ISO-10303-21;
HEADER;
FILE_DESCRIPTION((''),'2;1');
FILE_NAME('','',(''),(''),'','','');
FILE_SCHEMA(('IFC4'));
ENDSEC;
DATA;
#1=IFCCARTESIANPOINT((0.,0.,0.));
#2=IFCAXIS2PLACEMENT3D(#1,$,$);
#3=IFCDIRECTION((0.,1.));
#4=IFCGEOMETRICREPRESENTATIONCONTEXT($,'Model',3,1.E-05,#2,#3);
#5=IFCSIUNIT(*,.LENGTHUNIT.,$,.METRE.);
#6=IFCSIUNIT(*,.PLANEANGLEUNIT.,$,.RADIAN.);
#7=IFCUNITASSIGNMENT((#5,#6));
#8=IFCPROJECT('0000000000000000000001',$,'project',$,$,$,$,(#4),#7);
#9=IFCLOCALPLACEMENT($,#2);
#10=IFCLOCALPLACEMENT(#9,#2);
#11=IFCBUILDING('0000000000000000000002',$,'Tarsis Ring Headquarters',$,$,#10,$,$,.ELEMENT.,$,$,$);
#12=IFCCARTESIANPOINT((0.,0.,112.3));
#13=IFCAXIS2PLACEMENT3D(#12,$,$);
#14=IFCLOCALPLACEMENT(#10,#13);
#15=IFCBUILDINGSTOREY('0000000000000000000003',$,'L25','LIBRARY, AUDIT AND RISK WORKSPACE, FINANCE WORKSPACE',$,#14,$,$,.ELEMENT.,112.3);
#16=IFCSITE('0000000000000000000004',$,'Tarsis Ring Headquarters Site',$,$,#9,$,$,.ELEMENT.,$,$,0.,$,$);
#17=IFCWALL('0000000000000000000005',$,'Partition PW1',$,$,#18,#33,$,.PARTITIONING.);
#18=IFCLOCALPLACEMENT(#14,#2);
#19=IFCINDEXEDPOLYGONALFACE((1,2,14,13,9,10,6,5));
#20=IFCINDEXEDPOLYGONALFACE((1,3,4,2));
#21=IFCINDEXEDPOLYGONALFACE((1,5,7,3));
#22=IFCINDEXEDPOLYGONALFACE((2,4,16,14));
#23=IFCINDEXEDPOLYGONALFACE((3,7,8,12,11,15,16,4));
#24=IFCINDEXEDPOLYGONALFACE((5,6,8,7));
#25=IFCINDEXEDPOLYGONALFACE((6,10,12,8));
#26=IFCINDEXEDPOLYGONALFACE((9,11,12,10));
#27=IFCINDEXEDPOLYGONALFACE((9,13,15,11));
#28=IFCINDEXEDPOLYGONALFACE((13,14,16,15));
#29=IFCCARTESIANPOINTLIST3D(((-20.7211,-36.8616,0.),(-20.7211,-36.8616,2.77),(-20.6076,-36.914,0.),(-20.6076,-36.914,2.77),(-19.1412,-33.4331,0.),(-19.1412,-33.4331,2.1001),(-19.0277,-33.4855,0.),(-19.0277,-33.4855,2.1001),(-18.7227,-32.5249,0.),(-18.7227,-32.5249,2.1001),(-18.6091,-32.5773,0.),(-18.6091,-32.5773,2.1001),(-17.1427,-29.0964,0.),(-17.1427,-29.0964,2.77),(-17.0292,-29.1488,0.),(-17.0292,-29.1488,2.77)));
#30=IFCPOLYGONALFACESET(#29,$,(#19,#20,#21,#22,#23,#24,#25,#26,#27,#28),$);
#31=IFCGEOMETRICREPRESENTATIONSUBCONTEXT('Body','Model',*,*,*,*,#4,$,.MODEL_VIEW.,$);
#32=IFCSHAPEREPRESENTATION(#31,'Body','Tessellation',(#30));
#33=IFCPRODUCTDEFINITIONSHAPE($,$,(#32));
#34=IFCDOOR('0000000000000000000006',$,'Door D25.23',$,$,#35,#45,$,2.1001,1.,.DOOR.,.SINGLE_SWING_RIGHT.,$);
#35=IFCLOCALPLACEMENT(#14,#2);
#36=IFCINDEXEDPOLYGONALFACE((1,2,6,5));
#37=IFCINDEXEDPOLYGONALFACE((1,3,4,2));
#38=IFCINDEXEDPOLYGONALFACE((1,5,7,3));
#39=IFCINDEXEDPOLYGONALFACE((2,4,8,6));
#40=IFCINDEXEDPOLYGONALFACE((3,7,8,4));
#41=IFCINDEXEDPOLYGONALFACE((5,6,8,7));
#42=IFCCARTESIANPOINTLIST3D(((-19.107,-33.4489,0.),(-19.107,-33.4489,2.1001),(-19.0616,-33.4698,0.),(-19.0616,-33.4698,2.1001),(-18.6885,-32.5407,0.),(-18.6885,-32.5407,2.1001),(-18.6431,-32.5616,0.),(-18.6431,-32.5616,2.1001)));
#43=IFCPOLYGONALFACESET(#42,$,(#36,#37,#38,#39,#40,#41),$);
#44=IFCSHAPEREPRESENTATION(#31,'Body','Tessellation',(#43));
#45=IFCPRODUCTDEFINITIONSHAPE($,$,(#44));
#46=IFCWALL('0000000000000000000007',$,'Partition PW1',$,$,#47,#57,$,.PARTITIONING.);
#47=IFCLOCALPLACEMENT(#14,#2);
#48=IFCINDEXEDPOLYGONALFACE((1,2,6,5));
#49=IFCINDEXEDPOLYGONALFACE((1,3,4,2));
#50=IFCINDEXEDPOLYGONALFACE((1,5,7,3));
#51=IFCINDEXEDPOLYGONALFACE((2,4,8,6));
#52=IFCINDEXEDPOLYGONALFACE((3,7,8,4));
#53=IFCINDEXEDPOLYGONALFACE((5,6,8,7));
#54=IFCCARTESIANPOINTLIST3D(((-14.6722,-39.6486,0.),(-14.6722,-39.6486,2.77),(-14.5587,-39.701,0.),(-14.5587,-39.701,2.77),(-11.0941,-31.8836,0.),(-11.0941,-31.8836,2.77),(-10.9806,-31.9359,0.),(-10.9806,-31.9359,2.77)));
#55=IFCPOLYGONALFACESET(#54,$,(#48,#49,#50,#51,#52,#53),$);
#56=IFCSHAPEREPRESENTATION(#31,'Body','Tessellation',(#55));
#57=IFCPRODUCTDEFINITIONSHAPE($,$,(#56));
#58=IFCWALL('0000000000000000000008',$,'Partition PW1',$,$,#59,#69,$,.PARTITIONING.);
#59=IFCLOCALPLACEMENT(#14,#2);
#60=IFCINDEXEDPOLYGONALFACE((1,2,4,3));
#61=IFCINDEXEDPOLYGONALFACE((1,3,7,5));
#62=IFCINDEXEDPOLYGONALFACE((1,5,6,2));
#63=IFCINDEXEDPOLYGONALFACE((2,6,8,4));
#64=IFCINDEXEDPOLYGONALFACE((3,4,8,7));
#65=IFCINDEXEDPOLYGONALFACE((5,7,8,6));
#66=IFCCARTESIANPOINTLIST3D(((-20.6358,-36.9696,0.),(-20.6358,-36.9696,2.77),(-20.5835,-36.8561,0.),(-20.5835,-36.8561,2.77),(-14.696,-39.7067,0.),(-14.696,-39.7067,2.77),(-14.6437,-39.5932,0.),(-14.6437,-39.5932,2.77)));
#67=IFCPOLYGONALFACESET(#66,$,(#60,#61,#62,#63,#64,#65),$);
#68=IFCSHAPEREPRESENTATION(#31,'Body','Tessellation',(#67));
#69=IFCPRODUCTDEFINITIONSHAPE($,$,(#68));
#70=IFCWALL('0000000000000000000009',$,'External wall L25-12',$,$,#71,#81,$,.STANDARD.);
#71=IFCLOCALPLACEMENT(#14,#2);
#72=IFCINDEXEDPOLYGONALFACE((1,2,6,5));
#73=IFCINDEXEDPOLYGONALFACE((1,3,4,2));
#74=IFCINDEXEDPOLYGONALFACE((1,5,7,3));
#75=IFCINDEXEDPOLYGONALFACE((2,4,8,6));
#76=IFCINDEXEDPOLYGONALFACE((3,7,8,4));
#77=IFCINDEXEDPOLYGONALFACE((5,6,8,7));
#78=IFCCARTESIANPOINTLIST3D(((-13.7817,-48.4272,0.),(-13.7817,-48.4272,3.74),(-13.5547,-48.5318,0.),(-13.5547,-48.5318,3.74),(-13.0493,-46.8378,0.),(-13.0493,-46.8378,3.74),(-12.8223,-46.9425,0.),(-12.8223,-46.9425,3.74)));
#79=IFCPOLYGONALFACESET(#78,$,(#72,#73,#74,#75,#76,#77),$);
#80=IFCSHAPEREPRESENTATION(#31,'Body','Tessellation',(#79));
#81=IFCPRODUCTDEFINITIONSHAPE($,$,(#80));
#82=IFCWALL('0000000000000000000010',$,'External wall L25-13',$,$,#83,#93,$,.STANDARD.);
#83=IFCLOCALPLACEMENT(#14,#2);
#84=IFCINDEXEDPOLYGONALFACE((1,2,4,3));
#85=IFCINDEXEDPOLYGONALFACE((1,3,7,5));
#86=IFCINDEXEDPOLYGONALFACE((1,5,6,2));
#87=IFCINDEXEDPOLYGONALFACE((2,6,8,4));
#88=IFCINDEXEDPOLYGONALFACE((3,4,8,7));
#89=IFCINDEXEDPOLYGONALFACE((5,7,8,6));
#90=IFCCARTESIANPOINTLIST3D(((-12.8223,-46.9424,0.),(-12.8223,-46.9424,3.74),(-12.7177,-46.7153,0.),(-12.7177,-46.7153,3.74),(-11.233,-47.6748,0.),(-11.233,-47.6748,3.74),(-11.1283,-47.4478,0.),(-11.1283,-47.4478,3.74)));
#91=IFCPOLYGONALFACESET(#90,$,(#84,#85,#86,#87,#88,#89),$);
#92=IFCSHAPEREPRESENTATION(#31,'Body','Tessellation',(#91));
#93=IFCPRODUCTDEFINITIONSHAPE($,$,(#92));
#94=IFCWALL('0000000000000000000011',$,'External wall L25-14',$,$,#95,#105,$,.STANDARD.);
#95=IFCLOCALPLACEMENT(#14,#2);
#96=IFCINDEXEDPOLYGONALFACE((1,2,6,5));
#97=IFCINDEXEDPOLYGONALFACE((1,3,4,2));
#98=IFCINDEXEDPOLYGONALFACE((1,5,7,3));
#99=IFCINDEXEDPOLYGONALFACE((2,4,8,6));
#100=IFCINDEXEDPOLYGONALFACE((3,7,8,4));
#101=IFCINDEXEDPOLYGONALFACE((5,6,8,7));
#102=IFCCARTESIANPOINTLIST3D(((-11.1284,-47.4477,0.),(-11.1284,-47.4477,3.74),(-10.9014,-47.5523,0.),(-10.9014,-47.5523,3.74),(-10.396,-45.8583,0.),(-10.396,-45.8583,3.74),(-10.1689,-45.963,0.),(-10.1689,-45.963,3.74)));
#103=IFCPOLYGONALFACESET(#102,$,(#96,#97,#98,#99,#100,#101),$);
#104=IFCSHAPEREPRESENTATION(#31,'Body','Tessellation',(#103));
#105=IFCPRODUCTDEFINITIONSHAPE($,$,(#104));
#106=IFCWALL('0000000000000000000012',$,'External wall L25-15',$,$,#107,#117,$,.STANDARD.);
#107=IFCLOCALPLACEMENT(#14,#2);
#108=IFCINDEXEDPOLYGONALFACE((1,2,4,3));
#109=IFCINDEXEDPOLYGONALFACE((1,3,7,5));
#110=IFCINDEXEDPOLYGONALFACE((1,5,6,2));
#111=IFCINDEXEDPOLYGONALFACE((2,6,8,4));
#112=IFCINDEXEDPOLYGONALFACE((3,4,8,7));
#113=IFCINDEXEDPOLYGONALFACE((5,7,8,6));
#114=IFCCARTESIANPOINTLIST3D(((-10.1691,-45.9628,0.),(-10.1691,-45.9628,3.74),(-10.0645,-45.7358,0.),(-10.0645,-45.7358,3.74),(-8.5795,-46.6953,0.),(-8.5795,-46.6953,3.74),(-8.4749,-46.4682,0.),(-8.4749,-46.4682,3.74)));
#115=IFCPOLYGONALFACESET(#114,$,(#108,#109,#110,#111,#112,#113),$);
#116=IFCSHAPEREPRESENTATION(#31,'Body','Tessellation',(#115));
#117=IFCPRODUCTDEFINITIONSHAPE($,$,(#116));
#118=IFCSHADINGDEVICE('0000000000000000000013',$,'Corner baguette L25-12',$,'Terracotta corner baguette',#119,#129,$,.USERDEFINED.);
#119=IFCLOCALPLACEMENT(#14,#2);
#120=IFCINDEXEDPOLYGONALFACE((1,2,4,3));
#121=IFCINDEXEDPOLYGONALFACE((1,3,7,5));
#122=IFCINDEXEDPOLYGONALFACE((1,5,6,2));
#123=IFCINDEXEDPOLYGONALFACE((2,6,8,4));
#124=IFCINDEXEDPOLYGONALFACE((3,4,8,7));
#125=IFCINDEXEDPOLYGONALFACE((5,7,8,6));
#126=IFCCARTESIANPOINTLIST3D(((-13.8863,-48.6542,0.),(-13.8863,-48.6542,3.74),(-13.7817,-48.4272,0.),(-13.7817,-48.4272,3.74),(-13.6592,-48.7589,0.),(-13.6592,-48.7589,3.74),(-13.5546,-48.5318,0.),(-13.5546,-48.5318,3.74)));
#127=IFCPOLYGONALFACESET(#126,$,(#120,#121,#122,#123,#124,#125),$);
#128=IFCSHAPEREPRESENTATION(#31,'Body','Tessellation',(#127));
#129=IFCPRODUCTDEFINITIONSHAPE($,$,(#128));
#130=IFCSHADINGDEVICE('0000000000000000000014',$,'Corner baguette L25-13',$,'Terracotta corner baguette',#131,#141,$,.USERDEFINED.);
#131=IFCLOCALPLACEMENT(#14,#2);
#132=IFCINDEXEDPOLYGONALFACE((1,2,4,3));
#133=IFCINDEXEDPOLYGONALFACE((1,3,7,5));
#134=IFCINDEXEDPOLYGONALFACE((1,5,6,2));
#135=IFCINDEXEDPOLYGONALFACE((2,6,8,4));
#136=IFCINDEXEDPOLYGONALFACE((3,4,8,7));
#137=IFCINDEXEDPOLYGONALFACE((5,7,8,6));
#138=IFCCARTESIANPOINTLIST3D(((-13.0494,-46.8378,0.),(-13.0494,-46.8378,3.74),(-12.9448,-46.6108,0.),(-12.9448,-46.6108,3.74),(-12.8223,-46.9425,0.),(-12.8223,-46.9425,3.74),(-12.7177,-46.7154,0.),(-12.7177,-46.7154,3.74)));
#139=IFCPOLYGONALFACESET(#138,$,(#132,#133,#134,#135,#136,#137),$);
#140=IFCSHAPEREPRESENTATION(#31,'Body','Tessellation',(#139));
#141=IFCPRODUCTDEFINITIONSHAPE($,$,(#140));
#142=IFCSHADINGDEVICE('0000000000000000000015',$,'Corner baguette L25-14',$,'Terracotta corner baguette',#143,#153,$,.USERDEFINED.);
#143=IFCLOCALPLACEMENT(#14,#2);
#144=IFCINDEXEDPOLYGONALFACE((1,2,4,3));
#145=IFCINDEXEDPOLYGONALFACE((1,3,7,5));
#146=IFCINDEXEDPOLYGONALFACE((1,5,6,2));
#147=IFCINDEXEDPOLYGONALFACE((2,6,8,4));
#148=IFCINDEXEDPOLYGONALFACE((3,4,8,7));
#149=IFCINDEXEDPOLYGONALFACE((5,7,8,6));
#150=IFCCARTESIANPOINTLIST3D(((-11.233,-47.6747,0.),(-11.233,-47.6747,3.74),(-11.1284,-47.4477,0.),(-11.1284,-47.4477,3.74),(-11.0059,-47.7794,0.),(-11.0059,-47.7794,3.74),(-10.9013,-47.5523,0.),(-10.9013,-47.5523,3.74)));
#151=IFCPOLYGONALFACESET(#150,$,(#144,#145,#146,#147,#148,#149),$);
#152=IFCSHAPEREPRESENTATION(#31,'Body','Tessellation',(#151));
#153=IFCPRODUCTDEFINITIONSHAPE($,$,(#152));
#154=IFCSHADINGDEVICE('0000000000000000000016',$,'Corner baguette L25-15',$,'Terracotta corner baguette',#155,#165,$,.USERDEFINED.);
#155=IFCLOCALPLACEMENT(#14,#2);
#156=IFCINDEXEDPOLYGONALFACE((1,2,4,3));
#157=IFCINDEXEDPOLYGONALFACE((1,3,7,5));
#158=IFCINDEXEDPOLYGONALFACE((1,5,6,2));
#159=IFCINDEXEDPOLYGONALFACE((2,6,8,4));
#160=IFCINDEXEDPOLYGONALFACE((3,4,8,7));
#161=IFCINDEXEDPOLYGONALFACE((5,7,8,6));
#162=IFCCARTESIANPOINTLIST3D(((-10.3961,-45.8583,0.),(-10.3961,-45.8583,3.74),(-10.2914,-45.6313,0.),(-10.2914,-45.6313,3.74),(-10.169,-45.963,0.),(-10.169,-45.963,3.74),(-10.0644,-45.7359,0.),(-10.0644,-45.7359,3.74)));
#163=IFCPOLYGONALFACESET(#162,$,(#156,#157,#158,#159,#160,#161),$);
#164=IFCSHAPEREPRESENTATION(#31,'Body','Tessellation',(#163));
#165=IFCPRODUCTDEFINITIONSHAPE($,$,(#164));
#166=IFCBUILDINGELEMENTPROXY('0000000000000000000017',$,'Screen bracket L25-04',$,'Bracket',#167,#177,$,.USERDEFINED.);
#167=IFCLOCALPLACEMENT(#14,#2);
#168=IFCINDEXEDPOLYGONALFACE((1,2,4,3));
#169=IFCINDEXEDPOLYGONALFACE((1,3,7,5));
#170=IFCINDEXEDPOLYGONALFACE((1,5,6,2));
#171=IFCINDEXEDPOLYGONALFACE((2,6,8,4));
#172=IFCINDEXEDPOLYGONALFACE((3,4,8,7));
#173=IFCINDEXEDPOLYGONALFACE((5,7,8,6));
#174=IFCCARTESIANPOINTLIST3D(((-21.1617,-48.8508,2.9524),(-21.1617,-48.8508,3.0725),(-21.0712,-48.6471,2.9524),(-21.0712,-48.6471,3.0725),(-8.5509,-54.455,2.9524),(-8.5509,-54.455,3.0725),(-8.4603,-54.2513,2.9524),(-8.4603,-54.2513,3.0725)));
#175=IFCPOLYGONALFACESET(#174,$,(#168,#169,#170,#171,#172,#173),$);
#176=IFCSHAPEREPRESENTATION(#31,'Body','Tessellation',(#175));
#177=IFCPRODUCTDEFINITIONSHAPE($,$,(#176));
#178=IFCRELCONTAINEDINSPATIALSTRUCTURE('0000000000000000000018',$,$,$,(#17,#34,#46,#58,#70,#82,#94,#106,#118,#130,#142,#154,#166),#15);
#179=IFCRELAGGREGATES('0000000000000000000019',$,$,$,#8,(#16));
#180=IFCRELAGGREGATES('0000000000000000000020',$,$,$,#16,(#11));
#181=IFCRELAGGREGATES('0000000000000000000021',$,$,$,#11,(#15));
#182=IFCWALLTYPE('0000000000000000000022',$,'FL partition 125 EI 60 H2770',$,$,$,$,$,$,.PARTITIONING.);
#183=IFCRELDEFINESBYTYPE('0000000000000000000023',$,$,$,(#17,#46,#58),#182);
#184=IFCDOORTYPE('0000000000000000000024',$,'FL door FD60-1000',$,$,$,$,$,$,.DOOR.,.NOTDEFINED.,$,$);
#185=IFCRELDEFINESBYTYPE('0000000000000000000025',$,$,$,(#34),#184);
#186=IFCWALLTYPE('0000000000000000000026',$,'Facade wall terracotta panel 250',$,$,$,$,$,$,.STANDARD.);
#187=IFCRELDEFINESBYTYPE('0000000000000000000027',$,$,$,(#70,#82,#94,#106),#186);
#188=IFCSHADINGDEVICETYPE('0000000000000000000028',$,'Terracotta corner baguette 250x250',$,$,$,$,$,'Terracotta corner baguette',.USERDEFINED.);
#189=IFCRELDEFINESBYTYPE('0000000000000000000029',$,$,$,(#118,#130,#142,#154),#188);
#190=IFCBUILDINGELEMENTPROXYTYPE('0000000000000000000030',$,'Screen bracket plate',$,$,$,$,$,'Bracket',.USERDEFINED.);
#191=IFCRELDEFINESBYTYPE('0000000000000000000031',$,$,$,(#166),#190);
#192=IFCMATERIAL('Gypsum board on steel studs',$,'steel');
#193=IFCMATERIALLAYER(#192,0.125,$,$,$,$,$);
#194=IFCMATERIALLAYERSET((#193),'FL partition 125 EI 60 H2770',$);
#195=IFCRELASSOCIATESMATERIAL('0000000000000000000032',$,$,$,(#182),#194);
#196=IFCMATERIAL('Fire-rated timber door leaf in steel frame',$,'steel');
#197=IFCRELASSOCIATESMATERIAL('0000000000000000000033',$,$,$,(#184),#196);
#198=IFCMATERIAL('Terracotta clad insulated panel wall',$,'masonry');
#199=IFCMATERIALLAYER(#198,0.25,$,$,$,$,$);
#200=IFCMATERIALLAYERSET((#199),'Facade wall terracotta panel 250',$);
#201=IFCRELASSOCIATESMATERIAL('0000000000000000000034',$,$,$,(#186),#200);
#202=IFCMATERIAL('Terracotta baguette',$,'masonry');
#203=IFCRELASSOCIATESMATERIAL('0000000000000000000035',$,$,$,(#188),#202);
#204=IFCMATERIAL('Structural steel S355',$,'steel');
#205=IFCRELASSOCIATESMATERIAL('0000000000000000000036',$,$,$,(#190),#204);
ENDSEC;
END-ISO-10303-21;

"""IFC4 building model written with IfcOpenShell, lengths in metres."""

from ifc_helpers import new_model, si_unit, direction, frame, frame_2d, origin, origin_2d, place, context, subcontext, project, spatial, rectangle, extrude, material, layer, layer_set, type_object, element, fill, save


model = new_model("IFC4")

# Units and contexts
model_context = context("Model", 3, precision=1e-05, world=origin(), true_north=direction((0.0, 1.0)))
body_context = subcontext(model_context, "Body", "Model", "MODEL_VIEW")
ifc_project = project(units=[si_unit("LENGTHUNIT", "METRE"), si_unit("PLANEANGLEUNIT", "RADIAN")], contexts=[model_context])

# Site, building, storey
site_placement = place(None, origin())
site = spatial("IfcSite", under=ifc_project, at=site_placement, Name="Tarsis Ring Headquarters Site", CompositionType="ELEMENT", RefElevation=0.0)
building_placement = place(site_placement, origin())
building = spatial("IfcBuilding", under=site, at=building_placement, Name="Tarsis Ring Headquarters", CompositionType="ELEMENT")
storey_placement = place(building_placement, frame((0.0, 0.0, 112.3)))
storey = spatial("IfcBuildingStorey", under=building, at=storey_placement, Name="L25", Description="LIBRARY, AUDIT AND RISK WORKSPACE, FINANCE WORKSPACE", CompositionType="ELEMENT", Elevation=112.3)

# Shared definitions
ifc_material_1 = material(Name="Structural steel S355", Category="steel")

# Shared definitions
ifc_material_2 = material(Name="Gypsum board on steel studs", Category="steel")

# Wall, opening, door
ifc_layer_1 = layer(ifc_material_2, 0.125)
ifc_layer_set_1 = layer_set([ifc_layer_1], Name="FL partition 125 EI 60 H2770")
wall_type_1 = type_object("IfcWallType", Name="FL partition 125 EI 60 H2770", PredefinedType="PARTITIONING", material=ifc_layer_set_1)
ifc_material_3 = material(Name="Fire-rated timber door leaf in steel frame", Category="steel")
door_type = type_object("IfcDoorType", Name="FL door FD60-1000", OperationType="NOTDEFINED", PredefinedType="DOOR", material=ifc_material_3)
wall_1_placement = place(storey_placement, frame((-20.6643, -36.8877, 0.0), z_axis=(0.0, 0.0, 1.0), x_axis=(0.418524, 0.908206, 0.0)))
wall_1 = element("IfcWall", 1, at=wall_1_placement, inside=storey, type_object=wall_type_1, Name="Partition PW1", PredefinedType="PARTITIONING", context=body_context, shape_type="SweptSolid", body=[
    extrude(rectangle(XDim=8.55, YDim=0.125, at=frame_2d((4.2749, 0.0))), origin(), (0.0, 0.0, 1.0), 2.77),
])
opening_1_placement = place(wall_1_placement, frame((3.7749, 0.0, 0.0)))
opening_1 = element("IfcOpeningElement", 2, at=opening_1_placement, cuts=wall_1, PredefinedType="OPENING", context=body_context, shape_type="SweptSolid", body=[
    extrude(rectangle(XDim=1.0, YDim=2.1001, at=frame_2d((0.5, 1.05))), frame((0.0, 0.0725, 0.0), z_axis=(0.0, -1.0, 0.0), x_axis=(1.0, 0.0, 0.0)), (0.0, 0.0, 1.0), 0.145),
])
door_1_placement = place(opening_1_placement, origin())
door_1 = element("IfcDoor", 3, at=door_1_placement, inside=storey, type_object=door_type, Name="Door D25.23", OperationType="SINGLE_SWING_RIGHT", OverallHeight=2.1001, OverallWidth=1.0, PredefinedType="DOOR", context=body_context, shape_type="SweptSolid", body=[
    extrude(rectangle(XDim=1.0, YDim=2.1001, at=frame_2d((0.5, 1.05))), frame((0.0, 0.0249, 0.0), z_axis=(0.0, -1.0, 0.0), x_axis=(1.0, 0.0, 0.0)), (0.0, 0.0, 1.0), 0.05),
])
fill(opening_1, door_1)

# Walls
wall_2_placement = place(storey_placement, frame((-14.6155, -39.6748, 0.0), z_axis=(0.0, 0.0, 1.0), x_axis=(0.4185, 0.908217, 0.0)))
element("IfcWall", 4, at=wall_2_placement, inside=storey, type_object=wall_type_1, Name="Partition PW1", PredefinedType="PARTITIONING", context=body_context, shape_type="SweptSolid", body=[
    extrude(rectangle(XDim=8.5498, YDim=0.125, at=frame_2d((4.2749, 0.0))), origin(), (0.0, 0.0, 1.0), 2.77),
])
wall_3_placement = place(storey_placement, frame((-20.6096, -36.9128, 0.0), z_axis=(0.0, 0.0, 1.0), x_axis=(0.908212, -0.418511, 0.0)))
element("IfcWall", 5, at=wall_3_placement, inside=storey, type_object=wall_type_1, Name="Partition PW1", PredefinedType="PARTITIONING", context=body_context, shape_type="SweptSolid", body=[
    extrude(rectangle(XDim=6.54, YDim=0.125, at=frame_2d((3.27, 0.0))), origin(), (0.0, 0.0, 1.0), 2.77),
])
ifc_material_4 = material(Name="Terracotta clad insulated panel wall", Category="masonry")
ifc_layer_2 = layer(ifc_material_4, 0.25)
ifc_layer_set_2 = layer_set([ifc_layer_2], Name="Facade wall terracotta panel 250")
wall_type_2 = type_object("IfcWallType", Name="Facade wall terracotta panel 250", PredefinedType="STANDARD", material=ifc_layer_set_2)
for number, where, z_axis, x_axis, name in (
    (6, (-13.6682, -48.4795, 0.0), (0.0, 0.0, 1.0), (0.418527, 0.908204, 0.0), "External wall L25-12"),
    (7, (-12.77, -46.8289, 0.0), (0.0, 0.0, 1.0), (0.908204, -0.418527, 0.0), "External wall L25-13"),
    (8, (-11.0149, -47.5, 0.0), (0.0, 0.0, 1.0), (0.418527, 0.908204, 0.0), "External wall L25-14"),
):
    element("IfcWall", number, at=place(storey_placement, frame(where, z_axis=z_axis, x_axis=x_axis)), inside=storey, type_object=wall_type_2, Name=name, PredefinedType="STANDARD", context=body_context, shape_type="SweptSolid", body=[
        extrude(rectangle(XDim=1.75, YDim=0.25, at=frame_2d((0.875, 0.0))), origin(), (0.0, 0.0, 1.0), 3.74),
    ])
wall_4_placement = place(storey_placement, frame((-10.1167, -45.8494, 0.0), z_axis=(0.0, 0.0, 1.0), x_axis=(0.908229, -0.418474, 0.0)))
element("IfcWall", 9, at=wall_4_placement, inside=storey, type_object=wall_type_2, Name="External wall L25-15", PredefinedType="STANDARD", context=body_context, shape_type="SweptSolid", body=[
    extrude(rectangle(XDim=1.7502, YDim=0.25, at=frame_2d((0.875, 0.0))), origin(), (0.0, 0.0, 1.0), 3.74),
])

# Shading devices
ifc_material_5 = material(Name="Terracotta baguette", Category="masonry")
shading_device_type_1 = type_object("IfcShadingDeviceType", Name="Terracotta corner baguette 250x250", ElementType="Terracotta corner baguette", PredefinedType="USERDEFINED", material=ifc_material_5)
for number, where, z_axis, x_axis, name in (
    (10, (-13.7205, -48.593, 0.0), (0.0, 0.0, 1.0), (0.908216, -0.418501, 0.0), "Corner baguette L25-12"),
    (11, (-12.8835, -46.7766, 0.0), (0.0, 0.0, 1.0), (0.418502, 0.908216, 0.0), "Corner baguette L25-13"),
    (12, (-11.0671, -47.6135, 0.0), (0.0, 0.0, 1.0), (0.908216, -0.418501, 0.0), "Corner baguette L25-14"),
    (13, (-10.2302, -45.7971, 0.0), (0.0, 0.0, 1.0), (0.418501, 0.908216, 0.0), "Corner baguette L25-15"),
):
    element("IfcShadingDevice", number, at=place(storey_placement, frame(where, z_axis=z_axis, x_axis=x_axis)), inside=storey, type_object=shading_device_type_1, Name=name, ObjectType="Terracotta corner baguette", PredefinedType="USERDEFINED", context=body_context, shape_type="SweptSolid", body=[
        extrude(rectangle(XDim=0.25, YDim=0.25, at=origin_2d()), origin(), (0.0, 0.0, 1.0), 3.74),
    ])

# Building element proxy
building_element_proxy_type = type_object("IfcBuildingElementProxyType", Name="Screen bracket plate", ElementType="Bracket", PredefinedType="USERDEFINED", material=ifc_material_1)
proxy_placement = place(storey_placement, frame((-14.811, -51.551, 2.9524), z_axis=(0.0, 0.0, 1.0), x_axis=(0.913829, -0.406099, 0.0)))
element("IfcBuildingElementProxy", 14, at=proxy_placement, inside=storey, type_object=building_element_proxy_type, Name="Screen bracket L25-04", ObjectType="Bracket", PredefinedType="USERDEFINED", context=body_context, shape_type="SweptSolid", body=[
    extrude(rectangle(XDim=13.8, YDim=0.2229, at=origin_2d()), origin(), (0.0, 0.0, 1.0), 0.1201),
])

save(model, "model.ifc")
